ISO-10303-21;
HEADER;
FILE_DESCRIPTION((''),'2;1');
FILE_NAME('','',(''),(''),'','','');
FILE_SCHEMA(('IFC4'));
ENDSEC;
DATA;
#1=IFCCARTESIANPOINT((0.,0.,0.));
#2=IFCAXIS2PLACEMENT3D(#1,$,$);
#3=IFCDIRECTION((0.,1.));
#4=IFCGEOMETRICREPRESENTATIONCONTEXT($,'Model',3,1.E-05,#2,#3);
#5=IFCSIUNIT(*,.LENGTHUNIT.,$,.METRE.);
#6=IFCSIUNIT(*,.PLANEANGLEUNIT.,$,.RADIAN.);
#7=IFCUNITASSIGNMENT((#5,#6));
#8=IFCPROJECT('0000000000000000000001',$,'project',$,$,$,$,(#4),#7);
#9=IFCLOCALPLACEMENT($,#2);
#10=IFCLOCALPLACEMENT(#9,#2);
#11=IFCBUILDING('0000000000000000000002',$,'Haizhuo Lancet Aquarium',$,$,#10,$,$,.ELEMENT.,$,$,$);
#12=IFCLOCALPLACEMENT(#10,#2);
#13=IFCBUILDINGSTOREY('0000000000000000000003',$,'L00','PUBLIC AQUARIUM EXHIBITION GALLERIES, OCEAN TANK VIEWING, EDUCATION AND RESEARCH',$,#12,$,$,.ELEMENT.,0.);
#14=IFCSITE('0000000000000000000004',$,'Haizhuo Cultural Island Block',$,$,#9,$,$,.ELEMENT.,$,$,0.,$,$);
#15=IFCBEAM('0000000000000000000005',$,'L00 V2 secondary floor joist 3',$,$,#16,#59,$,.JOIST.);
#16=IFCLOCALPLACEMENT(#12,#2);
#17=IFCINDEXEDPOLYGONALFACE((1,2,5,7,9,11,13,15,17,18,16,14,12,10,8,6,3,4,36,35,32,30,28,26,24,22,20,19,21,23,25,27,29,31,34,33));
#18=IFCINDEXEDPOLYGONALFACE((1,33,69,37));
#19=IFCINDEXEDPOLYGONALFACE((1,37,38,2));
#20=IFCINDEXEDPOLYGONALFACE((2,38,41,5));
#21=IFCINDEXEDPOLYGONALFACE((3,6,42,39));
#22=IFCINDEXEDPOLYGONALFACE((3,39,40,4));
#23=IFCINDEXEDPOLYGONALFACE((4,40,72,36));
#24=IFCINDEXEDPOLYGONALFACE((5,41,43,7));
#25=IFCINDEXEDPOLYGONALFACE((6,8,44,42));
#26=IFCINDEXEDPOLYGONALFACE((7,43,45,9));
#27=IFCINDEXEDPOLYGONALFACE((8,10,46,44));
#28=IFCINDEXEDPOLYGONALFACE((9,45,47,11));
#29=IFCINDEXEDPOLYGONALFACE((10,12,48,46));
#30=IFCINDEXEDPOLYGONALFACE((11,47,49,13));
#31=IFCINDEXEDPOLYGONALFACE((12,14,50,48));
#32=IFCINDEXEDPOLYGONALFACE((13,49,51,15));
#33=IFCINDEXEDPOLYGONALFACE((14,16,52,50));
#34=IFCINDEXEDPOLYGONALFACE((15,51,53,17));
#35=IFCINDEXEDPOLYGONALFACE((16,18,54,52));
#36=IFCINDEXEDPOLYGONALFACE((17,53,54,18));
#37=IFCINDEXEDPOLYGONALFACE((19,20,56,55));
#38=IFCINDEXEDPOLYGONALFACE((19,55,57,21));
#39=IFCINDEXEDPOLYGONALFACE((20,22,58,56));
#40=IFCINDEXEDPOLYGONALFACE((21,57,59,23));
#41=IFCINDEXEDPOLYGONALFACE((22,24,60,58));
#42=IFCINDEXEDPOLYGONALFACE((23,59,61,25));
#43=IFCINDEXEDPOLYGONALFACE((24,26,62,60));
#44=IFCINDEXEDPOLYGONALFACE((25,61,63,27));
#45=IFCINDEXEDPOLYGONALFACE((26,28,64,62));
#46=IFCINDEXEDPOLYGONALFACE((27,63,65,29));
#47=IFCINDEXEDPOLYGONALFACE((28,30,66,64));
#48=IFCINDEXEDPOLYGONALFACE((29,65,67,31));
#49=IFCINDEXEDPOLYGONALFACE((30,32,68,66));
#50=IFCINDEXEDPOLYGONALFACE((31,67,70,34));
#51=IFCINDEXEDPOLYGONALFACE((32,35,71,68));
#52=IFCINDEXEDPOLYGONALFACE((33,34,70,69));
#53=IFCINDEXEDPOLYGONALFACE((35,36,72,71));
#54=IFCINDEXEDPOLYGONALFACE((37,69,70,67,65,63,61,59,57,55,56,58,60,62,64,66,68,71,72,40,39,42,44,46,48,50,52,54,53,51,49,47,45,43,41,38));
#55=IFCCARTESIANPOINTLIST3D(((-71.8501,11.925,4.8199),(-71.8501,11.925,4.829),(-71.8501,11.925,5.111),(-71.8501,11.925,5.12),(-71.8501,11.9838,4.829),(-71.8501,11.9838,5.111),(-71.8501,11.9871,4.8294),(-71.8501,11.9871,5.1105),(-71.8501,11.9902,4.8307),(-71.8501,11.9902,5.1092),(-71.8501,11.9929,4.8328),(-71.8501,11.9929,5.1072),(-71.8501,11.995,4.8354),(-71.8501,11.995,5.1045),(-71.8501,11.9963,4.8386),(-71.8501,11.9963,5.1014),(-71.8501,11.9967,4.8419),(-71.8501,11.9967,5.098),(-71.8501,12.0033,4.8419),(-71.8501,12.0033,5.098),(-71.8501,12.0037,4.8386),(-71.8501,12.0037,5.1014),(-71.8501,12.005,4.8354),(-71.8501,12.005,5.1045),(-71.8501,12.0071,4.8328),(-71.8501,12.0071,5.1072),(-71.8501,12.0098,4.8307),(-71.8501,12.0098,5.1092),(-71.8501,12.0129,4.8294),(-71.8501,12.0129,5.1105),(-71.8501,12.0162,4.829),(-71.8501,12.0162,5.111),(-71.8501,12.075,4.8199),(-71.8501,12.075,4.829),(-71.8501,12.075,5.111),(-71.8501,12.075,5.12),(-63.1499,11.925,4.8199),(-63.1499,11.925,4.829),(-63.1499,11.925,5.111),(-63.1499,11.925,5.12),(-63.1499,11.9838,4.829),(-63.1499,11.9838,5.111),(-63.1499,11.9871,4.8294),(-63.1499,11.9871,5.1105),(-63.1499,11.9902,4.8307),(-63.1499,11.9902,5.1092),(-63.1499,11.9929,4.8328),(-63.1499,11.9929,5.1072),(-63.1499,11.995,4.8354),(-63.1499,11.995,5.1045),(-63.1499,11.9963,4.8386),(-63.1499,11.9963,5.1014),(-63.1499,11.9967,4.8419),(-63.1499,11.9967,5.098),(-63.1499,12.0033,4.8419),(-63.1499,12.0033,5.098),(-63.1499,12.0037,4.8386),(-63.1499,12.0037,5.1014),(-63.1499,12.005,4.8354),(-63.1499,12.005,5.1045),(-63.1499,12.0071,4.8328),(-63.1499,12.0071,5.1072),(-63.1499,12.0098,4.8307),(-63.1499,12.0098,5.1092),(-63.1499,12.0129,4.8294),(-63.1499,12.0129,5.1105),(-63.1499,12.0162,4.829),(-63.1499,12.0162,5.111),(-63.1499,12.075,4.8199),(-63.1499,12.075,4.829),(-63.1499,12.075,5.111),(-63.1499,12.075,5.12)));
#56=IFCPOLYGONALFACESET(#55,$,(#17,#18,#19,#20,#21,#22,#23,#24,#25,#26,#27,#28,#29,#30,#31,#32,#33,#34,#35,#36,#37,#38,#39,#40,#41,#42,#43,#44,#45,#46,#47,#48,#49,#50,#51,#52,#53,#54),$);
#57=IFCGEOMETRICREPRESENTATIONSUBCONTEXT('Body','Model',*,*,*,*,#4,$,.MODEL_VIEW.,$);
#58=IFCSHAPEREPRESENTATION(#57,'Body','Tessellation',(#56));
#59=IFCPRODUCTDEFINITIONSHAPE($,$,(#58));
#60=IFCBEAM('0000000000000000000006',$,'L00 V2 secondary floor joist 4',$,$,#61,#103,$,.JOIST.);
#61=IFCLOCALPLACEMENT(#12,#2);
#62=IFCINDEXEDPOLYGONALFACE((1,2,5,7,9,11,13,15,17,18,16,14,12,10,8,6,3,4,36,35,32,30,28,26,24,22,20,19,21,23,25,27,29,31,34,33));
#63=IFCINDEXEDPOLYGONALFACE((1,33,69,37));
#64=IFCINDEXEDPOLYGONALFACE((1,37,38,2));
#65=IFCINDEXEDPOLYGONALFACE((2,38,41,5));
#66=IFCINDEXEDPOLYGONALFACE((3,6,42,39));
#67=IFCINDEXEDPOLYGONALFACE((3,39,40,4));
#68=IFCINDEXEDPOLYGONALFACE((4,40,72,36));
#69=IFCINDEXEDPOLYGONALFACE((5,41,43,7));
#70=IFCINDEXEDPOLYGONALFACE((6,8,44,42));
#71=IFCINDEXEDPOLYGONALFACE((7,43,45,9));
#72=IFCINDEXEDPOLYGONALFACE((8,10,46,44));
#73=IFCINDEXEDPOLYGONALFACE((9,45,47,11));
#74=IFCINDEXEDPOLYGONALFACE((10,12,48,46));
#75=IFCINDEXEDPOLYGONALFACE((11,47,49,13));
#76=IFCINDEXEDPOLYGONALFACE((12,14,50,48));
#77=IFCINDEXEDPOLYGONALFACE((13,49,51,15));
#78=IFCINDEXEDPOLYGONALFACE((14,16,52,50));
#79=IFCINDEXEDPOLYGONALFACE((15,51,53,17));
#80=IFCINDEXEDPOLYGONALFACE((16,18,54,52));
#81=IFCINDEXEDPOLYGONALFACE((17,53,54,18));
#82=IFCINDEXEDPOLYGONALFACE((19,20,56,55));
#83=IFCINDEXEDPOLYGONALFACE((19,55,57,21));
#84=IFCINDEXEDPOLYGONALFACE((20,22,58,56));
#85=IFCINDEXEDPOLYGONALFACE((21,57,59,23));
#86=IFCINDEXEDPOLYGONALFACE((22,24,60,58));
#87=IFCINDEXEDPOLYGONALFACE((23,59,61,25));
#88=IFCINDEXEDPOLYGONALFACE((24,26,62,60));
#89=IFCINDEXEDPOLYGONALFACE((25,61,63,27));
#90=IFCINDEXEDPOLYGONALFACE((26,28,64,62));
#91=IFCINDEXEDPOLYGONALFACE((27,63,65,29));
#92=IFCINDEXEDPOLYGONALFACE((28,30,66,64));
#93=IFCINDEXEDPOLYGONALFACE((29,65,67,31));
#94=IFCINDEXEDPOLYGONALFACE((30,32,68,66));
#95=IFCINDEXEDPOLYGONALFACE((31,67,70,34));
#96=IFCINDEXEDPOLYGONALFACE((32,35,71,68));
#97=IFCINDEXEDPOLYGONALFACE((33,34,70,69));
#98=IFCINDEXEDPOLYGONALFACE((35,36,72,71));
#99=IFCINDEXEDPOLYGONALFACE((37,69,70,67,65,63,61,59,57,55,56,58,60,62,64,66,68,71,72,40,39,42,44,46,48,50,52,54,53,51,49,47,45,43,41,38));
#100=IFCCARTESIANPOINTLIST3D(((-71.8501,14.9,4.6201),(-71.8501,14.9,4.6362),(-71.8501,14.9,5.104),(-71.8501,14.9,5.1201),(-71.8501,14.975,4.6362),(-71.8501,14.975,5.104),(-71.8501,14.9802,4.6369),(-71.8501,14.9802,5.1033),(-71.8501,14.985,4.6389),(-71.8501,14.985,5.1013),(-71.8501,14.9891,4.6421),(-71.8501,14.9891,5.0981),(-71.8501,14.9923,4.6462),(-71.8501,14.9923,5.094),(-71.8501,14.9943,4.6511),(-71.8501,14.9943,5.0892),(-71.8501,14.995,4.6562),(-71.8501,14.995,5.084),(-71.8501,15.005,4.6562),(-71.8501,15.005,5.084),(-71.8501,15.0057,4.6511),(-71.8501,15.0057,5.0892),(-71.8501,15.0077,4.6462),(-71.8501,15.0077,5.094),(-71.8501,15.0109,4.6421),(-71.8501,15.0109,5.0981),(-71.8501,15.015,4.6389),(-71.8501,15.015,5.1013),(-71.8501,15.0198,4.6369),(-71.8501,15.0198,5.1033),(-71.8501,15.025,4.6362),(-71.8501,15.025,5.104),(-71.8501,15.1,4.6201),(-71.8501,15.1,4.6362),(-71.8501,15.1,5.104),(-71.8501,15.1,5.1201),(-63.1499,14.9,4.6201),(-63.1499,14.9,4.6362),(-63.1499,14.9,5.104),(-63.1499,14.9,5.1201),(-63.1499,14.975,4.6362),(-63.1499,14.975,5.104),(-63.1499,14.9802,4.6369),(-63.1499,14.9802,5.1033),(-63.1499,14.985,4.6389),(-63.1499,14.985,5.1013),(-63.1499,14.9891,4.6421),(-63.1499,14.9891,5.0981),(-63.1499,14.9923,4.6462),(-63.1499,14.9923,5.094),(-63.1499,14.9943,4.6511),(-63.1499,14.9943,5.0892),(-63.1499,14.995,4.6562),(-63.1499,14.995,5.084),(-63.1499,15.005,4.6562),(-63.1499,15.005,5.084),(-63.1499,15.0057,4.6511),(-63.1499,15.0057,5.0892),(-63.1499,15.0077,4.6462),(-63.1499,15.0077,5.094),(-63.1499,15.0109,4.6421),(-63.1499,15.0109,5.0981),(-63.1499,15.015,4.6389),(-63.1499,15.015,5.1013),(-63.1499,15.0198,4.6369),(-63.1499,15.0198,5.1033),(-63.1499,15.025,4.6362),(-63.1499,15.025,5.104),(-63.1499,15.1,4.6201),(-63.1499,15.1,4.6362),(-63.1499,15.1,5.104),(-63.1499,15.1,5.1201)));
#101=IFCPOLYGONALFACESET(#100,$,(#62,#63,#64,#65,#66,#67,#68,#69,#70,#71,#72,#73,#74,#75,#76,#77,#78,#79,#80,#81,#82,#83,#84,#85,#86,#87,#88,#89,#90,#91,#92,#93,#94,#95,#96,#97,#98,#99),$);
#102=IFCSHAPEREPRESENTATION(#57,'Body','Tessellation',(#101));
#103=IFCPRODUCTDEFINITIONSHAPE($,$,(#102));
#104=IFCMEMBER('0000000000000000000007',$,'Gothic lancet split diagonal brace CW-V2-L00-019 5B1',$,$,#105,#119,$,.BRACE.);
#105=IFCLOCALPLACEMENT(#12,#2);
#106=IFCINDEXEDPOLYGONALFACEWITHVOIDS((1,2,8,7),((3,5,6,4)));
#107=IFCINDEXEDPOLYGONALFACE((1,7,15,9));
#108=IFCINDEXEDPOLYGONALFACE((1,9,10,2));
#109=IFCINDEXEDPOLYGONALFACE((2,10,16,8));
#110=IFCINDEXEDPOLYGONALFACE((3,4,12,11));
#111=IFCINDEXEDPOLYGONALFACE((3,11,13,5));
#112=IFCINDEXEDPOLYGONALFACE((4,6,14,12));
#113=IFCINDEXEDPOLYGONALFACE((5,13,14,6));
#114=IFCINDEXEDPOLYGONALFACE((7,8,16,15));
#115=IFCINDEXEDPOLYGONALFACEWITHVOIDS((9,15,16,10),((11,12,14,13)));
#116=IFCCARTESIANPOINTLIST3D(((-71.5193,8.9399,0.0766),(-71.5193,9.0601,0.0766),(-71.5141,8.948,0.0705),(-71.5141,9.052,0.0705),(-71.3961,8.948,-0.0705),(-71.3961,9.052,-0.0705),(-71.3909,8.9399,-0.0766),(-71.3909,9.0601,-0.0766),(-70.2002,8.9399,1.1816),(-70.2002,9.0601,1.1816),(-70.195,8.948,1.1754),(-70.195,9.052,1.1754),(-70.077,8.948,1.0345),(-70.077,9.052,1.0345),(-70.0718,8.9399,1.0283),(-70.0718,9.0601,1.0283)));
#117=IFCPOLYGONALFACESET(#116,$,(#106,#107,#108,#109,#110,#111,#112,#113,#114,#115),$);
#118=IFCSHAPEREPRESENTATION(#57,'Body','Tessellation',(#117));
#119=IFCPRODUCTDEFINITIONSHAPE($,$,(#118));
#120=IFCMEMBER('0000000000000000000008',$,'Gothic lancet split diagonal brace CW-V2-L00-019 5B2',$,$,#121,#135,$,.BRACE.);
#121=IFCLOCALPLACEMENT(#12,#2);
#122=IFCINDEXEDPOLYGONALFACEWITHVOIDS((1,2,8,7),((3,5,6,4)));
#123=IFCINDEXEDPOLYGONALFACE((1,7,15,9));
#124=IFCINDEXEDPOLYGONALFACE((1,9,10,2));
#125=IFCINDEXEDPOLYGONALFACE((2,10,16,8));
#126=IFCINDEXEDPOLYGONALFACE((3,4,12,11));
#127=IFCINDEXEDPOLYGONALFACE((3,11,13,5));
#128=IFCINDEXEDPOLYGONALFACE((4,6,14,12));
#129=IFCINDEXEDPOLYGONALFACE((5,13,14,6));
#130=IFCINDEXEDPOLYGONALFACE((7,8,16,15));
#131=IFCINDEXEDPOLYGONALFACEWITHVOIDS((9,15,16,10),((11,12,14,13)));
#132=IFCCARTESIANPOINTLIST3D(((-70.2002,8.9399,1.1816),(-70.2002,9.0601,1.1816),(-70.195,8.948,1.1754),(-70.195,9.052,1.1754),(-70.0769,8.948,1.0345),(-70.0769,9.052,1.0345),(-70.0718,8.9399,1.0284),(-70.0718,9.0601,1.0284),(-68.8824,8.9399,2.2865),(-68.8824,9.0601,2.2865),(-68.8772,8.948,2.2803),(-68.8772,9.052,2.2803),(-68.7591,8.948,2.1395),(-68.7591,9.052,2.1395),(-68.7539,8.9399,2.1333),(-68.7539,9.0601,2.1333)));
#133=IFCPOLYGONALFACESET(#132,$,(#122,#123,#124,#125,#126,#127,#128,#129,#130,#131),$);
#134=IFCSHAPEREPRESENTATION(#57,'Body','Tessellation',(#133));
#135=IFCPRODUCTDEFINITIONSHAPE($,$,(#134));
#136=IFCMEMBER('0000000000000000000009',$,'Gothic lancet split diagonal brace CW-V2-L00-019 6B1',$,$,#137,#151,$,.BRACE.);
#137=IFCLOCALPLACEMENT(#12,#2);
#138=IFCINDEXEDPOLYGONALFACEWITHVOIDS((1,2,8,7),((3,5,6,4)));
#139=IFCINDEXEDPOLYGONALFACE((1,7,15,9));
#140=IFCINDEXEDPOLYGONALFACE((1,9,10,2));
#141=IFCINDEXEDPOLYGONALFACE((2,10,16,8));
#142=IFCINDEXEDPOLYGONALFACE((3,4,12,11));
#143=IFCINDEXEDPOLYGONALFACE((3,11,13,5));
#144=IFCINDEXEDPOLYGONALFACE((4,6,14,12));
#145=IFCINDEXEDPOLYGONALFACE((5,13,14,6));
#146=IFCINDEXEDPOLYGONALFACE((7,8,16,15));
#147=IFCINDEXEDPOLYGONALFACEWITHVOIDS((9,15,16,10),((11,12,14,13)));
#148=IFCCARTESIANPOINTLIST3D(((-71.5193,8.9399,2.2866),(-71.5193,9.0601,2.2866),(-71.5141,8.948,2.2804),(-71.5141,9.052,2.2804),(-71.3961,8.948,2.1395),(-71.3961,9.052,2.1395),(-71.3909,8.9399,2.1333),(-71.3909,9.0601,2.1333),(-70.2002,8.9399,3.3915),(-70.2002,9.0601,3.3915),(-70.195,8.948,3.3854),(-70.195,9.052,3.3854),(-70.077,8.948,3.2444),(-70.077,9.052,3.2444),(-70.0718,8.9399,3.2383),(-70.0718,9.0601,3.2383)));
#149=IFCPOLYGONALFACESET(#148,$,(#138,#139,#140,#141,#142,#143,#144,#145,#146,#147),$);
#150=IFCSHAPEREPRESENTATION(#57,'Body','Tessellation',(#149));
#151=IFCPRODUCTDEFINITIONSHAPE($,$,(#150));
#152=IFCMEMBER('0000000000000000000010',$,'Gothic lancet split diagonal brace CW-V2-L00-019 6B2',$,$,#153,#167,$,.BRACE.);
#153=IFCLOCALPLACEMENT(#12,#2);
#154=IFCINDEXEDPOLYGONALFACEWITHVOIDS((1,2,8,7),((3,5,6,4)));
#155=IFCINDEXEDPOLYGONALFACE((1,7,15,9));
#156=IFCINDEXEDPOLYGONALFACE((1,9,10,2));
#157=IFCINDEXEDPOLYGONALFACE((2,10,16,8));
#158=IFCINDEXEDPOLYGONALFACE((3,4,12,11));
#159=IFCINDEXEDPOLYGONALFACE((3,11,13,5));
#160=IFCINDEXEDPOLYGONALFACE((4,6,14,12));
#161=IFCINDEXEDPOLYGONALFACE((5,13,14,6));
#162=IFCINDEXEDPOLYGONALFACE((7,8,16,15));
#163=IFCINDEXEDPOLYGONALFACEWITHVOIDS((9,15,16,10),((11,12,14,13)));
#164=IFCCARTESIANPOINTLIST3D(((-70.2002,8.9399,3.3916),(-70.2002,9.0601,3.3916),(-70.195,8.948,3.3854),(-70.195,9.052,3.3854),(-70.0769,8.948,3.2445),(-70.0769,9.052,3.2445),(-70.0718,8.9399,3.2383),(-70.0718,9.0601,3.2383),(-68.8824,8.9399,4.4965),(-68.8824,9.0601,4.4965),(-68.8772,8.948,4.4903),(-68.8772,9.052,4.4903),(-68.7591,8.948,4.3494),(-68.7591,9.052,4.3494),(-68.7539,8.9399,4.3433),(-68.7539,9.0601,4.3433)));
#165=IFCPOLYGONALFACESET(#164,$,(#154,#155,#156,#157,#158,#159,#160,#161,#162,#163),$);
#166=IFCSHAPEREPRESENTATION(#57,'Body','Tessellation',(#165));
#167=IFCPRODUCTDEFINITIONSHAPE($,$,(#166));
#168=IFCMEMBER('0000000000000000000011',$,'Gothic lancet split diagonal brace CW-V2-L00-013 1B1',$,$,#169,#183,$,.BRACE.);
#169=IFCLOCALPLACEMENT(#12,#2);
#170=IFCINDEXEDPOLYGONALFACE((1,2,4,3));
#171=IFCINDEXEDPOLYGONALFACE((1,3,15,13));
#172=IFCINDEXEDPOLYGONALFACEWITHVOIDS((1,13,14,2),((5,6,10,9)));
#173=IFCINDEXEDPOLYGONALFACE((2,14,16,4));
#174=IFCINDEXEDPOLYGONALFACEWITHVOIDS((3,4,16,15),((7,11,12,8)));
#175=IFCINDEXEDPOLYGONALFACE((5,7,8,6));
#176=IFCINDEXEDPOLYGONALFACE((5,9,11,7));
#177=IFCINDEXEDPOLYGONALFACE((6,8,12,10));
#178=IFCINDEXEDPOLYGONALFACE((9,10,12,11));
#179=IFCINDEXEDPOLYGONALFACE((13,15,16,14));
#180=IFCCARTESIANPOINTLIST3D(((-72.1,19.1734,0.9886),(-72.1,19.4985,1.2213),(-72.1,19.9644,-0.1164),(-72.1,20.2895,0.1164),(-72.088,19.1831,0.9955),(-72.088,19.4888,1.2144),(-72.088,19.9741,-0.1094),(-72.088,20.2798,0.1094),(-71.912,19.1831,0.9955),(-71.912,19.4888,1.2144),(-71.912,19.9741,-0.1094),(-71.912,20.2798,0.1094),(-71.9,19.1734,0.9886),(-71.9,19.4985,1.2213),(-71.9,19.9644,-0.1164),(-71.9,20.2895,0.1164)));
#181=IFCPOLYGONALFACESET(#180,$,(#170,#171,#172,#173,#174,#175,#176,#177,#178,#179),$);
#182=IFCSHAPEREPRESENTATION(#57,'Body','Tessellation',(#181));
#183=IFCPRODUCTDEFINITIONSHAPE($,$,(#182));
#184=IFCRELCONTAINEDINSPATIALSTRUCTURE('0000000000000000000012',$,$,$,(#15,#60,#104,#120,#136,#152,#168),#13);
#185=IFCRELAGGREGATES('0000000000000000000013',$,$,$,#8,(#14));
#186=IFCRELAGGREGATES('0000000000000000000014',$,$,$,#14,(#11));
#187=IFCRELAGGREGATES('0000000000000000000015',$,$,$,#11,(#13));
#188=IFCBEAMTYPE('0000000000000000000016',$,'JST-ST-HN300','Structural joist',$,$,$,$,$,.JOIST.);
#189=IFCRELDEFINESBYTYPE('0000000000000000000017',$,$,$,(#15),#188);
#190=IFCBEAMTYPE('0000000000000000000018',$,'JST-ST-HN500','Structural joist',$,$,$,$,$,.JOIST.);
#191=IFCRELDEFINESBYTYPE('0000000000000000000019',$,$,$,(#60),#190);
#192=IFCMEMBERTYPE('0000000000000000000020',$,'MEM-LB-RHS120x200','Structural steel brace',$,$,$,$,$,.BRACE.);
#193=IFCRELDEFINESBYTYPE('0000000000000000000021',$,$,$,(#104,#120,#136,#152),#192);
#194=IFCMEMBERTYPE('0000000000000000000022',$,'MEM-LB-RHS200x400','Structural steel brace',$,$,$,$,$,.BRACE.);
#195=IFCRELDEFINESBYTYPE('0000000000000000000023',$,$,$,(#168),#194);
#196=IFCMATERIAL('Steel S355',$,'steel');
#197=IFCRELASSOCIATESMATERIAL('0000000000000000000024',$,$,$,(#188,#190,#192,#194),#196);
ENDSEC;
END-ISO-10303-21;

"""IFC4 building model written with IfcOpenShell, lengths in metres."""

from ifc_helpers import new_model, si_unit, direction, frame, origin, origin_2d, place, context, subcontext, project, spatial, hollow_rectangle, i_section, extrude, material, material_profile, profile_set, type_object, element, save


model = new_model("IFC4")

# Units and contexts
model_context = context("Model", 3, precision=1e-05, world=origin(), true_north=direction((0.0, 1.0)))
body_context = subcontext(model_context, "Body", "Model", "MODEL_VIEW")
ifc_project = project(units=[si_unit("LENGTHUNIT", "METRE"), si_unit("PLANEANGLEUNIT", "RADIAN")], contexts=[model_context])

# Site, building, storey
site_placement = place(None, origin())
site = spatial("IfcSite", under=ifc_project, at=site_placement, Name="Haizhuo Cultural Island Block", CompositionType="ELEMENT", RefElevation=0.0)
building_placement = place(site_placement, origin())
building = spatial("IfcBuilding", under=site, at=building_placement, Name="Haizhuo Lancet Aquarium", CompositionType="ELEMENT")
storey_placement = place(building_placement, origin())
storey = spatial("IfcBuildingStorey", under=building, at=storey_placement, Name="L00", Description="PUBLIC AQUARIUM EXHIBITION GALLERIES, OCEAN TANK VIEWING, EDUCATION AND RESEARCH", CompositionType="ELEMENT", Elevation=0.0)

# Beams
ifc_material_1 = material(Name="Steel S355", Category="steel")
ifc_material_profile_1 = material_profile(ifc_material_1, i_section(OverallWidth=0.1499, OverallDepth=0.3, WebThickness=0.0066, FlangeThickness=0.009, FilletRadius=0.0129, at=origin_2d()), Name="HN 300x150x6.5x9")
ifc_profile_set_1 = profile_set([ifc_material_profile_1], Name="Steel S355")
beam_type_1 = type_object("IfcBeamType", Name="JST-ST-HN300", Description="Structural joist", PredefinedType="JOIST", material=ifc_profile_set_1)
beam_1_placement = place(storey_placement, frame((-71.8501, 12.0, 4.97), z_axis=(1.0, 0.0, 0.0), x_axis=(0.0, 1.0, 0.0)))
element("IfcBeam", 1, at=beam_1_placement, inside=storey, type_object=beam_type_1, Name="L00 V2 secondary floor joist 3", PredefinedType="JOIST", context=body_context, shape_type="SweptSolid", body=[
    extrude(i_section(OverallWidth=0.1499, OverallDepth=0.3, WebThickness=0.0066, FlangeThickness=0.009, FilletRadius=0.0129, at=origin_2d()), origin(), (0.0, 0.0, 1.0), 8.7002),
])
ifc_material_profile_2 = material_profile(ifc_material_1, i_section(OverallWidth=0.2, OverallDepth=0.5, WebThickness=0.01, FlangeThickness=0.0161, FilletRadius=0.02, at=origin_2d()), Name="HN 500x200x10x16")
ifc_profile_set_2 = profile_set([ifc_material_profile_2], Name="Steel S355")
beam_type_2 = type_object("IfcBeamType", Name="JST-ST-HN500", Description="Structural joist", PredefinedType="JOIST", material=ifc_profile_set_2)
beam_2_placement = place(storey_placement, frame((-71.8501, 15.0, 4.8701), z_axis=(1.0, 0.0, 0.0), x_axis=(0.0, 1.0, 0.0)))
element("IfcBeam", 2, at=beam_2_placement, inside=storey, type_object=beam_type_2, Name="L00 V2 secondary floor joist 4", PredefinedType="JOIST", context=body_context, shape_type="SweptSolid", body=[
    extrude(i_section(OverallWidth=0.2, OverallDepth=0.5, WebThickness=0.01, FlangeThickness=0.0161, FilletRadius=0.02, at=origin_2d()), origin(), (0.0, 0.0, 1.0), 8.7002),
])

# Members
ifc_material_profile_3 = material_profile(ifc_material_1, hollow_rectangle(XDim=0.1201, YDim=0.2, WallThickness=0.0081, at=origin_2d()), Name="RHS 120x200x8")
ifc_profile_set_3 = profile_set([ifc_material_profile_3], Name="Steel S355")
member_type_1 = type_object("IfcMemberType", Name="MEM-LB-RHS120x200", Description="Structural steel brace", PredefinedType="BRACE", material=ifc_profile_set_3)
member_1_placement = place(storey_placement, frame((-71.4551, 9.0, 0.0), z_axis=(0.766579, 0.0, 0.64215), x_axis=(0.0, 1.0, 0.0)))
element("IfcMember", 3, at=member_1_placement, inside=storey, type_object=member_type_1, Name="Gothic lancet split diagonal brace CW-V2-L00-019 5B1", PredefinedType="BRACE", context=body_context, shape_type="SweptSolid", body=[
    extrude(hollow_rectangle(XDim=0.1201, YDim=0.2, WallThickness=0.0081, at=origin_2d()), origin(), (0.0, 0.0, 1.0), 1.7207),
])
member_2_placement = place(storey_placement, frame((-70.136, 9.0, 1.105), z_axis=(0.766286, 0.0, 0.642499), x_axis=(0.0, 1.0, 0.0)))
element("IfcMember", 4, at=member_2_placement, inside=storey, type_object=member_type_1, Name="Gothic lancet split diagonal brace CW-V2-L00-019 5B2", PredefinedType="BRACE", context=body_context, shape_type="SweptSolid", body=[
    extrude(hollow_rectangle(XDim=0.1201, YDim=0.2, WallThickness=0.0081, at=origin_2d()), origin(), (0.0, 0.0, 1.0), 1.7197),
])
member_3_placement = place(storey_placement, frame((-71.4551, 9.0, 2.21), z_axis=(0.766579, 0.0, 0.64215), x_axis=(0.0, 1.0, 0.0)))
element("IfcMember", 5, at=member_3_placement, inside=storey, type_object=member_type_1, Name="Gothic lancet split diagonal brace CW-V2-L00-019 6B1", PredefinedType="BRACE", context=body_context, shape_type="SweptSolid", body=[
    extrude(hollow_rectangle(XDim=0.1201, YDim=0.2, WallThickness=0.0081, at=origin_2d()), origin(), (0.0, 0.0, 1.0), 1.7207),
])
member_4_placement = place(storey_placement, frame((-70.136, 9.0, 3.3149), z_axis=(0.766286, 0.0, 0.642499), x_axis=(0.0, 1.0, 0.0)))
element("IfcMember", 6, at=member_4_placement, inside=storey, type_object=member_type_1, Name="Gothic lancet split diagonal brace CW-V2-L00-019 6B2", PredefinedType="BRACE", context=body_context, shape_type="SweptSolid", body=[
    extrude(hollow_rectangle(XDim=0.1201, YDim=0.2, WallThickness=0.0081, at=origin_2d()), origin(), (0.0, 0.0, 1.0), 1.7197),
])
ifc_material_profile_4 = material_profile(ifc_material_1, hollow_rectangle(XDim=0.2, YDim=0.3999, WallThickness=0.012, at=origin_2d()), Name="RHS 200x400x12")
ifc_profile_set_4 = profile_set([ifc_material_profile_4], Name="Steel S355")
member_type_2 = type_object("IfcMemberType", Name="MEM-LB-RHS200x400", Description="Structural steel brace", PredefinedType="BRACE", material=ifc_profile_set_4)
for number, where, z_axis, x_axis, name in (
    (7, (-72.0, 20.127, 0.0), (0.0, -0.582088, 0.813126), (1.0, 0.0, 0.0), "Gothic lancet split diagonal brace CW-V2-L00-013 1B1"),
):
    element("IfcMember", number, at=place(storey_placement, frame(where, z_axis=z_axis, x_axis=x_axis)), inside=storey, type_object=member_type_2, Name=name, PredefinedType="BRACE", context=body_context, shape_type="SweptSolid", body=[
        extrude(hollow_rectangle(XDim=0.2, YDim=0.3999, WallThickness=0.012, at=origin_2d()), origin(), (0.0, 0.0, 1.0), 1.3589),
    ])

save(model, "model.ifc")
